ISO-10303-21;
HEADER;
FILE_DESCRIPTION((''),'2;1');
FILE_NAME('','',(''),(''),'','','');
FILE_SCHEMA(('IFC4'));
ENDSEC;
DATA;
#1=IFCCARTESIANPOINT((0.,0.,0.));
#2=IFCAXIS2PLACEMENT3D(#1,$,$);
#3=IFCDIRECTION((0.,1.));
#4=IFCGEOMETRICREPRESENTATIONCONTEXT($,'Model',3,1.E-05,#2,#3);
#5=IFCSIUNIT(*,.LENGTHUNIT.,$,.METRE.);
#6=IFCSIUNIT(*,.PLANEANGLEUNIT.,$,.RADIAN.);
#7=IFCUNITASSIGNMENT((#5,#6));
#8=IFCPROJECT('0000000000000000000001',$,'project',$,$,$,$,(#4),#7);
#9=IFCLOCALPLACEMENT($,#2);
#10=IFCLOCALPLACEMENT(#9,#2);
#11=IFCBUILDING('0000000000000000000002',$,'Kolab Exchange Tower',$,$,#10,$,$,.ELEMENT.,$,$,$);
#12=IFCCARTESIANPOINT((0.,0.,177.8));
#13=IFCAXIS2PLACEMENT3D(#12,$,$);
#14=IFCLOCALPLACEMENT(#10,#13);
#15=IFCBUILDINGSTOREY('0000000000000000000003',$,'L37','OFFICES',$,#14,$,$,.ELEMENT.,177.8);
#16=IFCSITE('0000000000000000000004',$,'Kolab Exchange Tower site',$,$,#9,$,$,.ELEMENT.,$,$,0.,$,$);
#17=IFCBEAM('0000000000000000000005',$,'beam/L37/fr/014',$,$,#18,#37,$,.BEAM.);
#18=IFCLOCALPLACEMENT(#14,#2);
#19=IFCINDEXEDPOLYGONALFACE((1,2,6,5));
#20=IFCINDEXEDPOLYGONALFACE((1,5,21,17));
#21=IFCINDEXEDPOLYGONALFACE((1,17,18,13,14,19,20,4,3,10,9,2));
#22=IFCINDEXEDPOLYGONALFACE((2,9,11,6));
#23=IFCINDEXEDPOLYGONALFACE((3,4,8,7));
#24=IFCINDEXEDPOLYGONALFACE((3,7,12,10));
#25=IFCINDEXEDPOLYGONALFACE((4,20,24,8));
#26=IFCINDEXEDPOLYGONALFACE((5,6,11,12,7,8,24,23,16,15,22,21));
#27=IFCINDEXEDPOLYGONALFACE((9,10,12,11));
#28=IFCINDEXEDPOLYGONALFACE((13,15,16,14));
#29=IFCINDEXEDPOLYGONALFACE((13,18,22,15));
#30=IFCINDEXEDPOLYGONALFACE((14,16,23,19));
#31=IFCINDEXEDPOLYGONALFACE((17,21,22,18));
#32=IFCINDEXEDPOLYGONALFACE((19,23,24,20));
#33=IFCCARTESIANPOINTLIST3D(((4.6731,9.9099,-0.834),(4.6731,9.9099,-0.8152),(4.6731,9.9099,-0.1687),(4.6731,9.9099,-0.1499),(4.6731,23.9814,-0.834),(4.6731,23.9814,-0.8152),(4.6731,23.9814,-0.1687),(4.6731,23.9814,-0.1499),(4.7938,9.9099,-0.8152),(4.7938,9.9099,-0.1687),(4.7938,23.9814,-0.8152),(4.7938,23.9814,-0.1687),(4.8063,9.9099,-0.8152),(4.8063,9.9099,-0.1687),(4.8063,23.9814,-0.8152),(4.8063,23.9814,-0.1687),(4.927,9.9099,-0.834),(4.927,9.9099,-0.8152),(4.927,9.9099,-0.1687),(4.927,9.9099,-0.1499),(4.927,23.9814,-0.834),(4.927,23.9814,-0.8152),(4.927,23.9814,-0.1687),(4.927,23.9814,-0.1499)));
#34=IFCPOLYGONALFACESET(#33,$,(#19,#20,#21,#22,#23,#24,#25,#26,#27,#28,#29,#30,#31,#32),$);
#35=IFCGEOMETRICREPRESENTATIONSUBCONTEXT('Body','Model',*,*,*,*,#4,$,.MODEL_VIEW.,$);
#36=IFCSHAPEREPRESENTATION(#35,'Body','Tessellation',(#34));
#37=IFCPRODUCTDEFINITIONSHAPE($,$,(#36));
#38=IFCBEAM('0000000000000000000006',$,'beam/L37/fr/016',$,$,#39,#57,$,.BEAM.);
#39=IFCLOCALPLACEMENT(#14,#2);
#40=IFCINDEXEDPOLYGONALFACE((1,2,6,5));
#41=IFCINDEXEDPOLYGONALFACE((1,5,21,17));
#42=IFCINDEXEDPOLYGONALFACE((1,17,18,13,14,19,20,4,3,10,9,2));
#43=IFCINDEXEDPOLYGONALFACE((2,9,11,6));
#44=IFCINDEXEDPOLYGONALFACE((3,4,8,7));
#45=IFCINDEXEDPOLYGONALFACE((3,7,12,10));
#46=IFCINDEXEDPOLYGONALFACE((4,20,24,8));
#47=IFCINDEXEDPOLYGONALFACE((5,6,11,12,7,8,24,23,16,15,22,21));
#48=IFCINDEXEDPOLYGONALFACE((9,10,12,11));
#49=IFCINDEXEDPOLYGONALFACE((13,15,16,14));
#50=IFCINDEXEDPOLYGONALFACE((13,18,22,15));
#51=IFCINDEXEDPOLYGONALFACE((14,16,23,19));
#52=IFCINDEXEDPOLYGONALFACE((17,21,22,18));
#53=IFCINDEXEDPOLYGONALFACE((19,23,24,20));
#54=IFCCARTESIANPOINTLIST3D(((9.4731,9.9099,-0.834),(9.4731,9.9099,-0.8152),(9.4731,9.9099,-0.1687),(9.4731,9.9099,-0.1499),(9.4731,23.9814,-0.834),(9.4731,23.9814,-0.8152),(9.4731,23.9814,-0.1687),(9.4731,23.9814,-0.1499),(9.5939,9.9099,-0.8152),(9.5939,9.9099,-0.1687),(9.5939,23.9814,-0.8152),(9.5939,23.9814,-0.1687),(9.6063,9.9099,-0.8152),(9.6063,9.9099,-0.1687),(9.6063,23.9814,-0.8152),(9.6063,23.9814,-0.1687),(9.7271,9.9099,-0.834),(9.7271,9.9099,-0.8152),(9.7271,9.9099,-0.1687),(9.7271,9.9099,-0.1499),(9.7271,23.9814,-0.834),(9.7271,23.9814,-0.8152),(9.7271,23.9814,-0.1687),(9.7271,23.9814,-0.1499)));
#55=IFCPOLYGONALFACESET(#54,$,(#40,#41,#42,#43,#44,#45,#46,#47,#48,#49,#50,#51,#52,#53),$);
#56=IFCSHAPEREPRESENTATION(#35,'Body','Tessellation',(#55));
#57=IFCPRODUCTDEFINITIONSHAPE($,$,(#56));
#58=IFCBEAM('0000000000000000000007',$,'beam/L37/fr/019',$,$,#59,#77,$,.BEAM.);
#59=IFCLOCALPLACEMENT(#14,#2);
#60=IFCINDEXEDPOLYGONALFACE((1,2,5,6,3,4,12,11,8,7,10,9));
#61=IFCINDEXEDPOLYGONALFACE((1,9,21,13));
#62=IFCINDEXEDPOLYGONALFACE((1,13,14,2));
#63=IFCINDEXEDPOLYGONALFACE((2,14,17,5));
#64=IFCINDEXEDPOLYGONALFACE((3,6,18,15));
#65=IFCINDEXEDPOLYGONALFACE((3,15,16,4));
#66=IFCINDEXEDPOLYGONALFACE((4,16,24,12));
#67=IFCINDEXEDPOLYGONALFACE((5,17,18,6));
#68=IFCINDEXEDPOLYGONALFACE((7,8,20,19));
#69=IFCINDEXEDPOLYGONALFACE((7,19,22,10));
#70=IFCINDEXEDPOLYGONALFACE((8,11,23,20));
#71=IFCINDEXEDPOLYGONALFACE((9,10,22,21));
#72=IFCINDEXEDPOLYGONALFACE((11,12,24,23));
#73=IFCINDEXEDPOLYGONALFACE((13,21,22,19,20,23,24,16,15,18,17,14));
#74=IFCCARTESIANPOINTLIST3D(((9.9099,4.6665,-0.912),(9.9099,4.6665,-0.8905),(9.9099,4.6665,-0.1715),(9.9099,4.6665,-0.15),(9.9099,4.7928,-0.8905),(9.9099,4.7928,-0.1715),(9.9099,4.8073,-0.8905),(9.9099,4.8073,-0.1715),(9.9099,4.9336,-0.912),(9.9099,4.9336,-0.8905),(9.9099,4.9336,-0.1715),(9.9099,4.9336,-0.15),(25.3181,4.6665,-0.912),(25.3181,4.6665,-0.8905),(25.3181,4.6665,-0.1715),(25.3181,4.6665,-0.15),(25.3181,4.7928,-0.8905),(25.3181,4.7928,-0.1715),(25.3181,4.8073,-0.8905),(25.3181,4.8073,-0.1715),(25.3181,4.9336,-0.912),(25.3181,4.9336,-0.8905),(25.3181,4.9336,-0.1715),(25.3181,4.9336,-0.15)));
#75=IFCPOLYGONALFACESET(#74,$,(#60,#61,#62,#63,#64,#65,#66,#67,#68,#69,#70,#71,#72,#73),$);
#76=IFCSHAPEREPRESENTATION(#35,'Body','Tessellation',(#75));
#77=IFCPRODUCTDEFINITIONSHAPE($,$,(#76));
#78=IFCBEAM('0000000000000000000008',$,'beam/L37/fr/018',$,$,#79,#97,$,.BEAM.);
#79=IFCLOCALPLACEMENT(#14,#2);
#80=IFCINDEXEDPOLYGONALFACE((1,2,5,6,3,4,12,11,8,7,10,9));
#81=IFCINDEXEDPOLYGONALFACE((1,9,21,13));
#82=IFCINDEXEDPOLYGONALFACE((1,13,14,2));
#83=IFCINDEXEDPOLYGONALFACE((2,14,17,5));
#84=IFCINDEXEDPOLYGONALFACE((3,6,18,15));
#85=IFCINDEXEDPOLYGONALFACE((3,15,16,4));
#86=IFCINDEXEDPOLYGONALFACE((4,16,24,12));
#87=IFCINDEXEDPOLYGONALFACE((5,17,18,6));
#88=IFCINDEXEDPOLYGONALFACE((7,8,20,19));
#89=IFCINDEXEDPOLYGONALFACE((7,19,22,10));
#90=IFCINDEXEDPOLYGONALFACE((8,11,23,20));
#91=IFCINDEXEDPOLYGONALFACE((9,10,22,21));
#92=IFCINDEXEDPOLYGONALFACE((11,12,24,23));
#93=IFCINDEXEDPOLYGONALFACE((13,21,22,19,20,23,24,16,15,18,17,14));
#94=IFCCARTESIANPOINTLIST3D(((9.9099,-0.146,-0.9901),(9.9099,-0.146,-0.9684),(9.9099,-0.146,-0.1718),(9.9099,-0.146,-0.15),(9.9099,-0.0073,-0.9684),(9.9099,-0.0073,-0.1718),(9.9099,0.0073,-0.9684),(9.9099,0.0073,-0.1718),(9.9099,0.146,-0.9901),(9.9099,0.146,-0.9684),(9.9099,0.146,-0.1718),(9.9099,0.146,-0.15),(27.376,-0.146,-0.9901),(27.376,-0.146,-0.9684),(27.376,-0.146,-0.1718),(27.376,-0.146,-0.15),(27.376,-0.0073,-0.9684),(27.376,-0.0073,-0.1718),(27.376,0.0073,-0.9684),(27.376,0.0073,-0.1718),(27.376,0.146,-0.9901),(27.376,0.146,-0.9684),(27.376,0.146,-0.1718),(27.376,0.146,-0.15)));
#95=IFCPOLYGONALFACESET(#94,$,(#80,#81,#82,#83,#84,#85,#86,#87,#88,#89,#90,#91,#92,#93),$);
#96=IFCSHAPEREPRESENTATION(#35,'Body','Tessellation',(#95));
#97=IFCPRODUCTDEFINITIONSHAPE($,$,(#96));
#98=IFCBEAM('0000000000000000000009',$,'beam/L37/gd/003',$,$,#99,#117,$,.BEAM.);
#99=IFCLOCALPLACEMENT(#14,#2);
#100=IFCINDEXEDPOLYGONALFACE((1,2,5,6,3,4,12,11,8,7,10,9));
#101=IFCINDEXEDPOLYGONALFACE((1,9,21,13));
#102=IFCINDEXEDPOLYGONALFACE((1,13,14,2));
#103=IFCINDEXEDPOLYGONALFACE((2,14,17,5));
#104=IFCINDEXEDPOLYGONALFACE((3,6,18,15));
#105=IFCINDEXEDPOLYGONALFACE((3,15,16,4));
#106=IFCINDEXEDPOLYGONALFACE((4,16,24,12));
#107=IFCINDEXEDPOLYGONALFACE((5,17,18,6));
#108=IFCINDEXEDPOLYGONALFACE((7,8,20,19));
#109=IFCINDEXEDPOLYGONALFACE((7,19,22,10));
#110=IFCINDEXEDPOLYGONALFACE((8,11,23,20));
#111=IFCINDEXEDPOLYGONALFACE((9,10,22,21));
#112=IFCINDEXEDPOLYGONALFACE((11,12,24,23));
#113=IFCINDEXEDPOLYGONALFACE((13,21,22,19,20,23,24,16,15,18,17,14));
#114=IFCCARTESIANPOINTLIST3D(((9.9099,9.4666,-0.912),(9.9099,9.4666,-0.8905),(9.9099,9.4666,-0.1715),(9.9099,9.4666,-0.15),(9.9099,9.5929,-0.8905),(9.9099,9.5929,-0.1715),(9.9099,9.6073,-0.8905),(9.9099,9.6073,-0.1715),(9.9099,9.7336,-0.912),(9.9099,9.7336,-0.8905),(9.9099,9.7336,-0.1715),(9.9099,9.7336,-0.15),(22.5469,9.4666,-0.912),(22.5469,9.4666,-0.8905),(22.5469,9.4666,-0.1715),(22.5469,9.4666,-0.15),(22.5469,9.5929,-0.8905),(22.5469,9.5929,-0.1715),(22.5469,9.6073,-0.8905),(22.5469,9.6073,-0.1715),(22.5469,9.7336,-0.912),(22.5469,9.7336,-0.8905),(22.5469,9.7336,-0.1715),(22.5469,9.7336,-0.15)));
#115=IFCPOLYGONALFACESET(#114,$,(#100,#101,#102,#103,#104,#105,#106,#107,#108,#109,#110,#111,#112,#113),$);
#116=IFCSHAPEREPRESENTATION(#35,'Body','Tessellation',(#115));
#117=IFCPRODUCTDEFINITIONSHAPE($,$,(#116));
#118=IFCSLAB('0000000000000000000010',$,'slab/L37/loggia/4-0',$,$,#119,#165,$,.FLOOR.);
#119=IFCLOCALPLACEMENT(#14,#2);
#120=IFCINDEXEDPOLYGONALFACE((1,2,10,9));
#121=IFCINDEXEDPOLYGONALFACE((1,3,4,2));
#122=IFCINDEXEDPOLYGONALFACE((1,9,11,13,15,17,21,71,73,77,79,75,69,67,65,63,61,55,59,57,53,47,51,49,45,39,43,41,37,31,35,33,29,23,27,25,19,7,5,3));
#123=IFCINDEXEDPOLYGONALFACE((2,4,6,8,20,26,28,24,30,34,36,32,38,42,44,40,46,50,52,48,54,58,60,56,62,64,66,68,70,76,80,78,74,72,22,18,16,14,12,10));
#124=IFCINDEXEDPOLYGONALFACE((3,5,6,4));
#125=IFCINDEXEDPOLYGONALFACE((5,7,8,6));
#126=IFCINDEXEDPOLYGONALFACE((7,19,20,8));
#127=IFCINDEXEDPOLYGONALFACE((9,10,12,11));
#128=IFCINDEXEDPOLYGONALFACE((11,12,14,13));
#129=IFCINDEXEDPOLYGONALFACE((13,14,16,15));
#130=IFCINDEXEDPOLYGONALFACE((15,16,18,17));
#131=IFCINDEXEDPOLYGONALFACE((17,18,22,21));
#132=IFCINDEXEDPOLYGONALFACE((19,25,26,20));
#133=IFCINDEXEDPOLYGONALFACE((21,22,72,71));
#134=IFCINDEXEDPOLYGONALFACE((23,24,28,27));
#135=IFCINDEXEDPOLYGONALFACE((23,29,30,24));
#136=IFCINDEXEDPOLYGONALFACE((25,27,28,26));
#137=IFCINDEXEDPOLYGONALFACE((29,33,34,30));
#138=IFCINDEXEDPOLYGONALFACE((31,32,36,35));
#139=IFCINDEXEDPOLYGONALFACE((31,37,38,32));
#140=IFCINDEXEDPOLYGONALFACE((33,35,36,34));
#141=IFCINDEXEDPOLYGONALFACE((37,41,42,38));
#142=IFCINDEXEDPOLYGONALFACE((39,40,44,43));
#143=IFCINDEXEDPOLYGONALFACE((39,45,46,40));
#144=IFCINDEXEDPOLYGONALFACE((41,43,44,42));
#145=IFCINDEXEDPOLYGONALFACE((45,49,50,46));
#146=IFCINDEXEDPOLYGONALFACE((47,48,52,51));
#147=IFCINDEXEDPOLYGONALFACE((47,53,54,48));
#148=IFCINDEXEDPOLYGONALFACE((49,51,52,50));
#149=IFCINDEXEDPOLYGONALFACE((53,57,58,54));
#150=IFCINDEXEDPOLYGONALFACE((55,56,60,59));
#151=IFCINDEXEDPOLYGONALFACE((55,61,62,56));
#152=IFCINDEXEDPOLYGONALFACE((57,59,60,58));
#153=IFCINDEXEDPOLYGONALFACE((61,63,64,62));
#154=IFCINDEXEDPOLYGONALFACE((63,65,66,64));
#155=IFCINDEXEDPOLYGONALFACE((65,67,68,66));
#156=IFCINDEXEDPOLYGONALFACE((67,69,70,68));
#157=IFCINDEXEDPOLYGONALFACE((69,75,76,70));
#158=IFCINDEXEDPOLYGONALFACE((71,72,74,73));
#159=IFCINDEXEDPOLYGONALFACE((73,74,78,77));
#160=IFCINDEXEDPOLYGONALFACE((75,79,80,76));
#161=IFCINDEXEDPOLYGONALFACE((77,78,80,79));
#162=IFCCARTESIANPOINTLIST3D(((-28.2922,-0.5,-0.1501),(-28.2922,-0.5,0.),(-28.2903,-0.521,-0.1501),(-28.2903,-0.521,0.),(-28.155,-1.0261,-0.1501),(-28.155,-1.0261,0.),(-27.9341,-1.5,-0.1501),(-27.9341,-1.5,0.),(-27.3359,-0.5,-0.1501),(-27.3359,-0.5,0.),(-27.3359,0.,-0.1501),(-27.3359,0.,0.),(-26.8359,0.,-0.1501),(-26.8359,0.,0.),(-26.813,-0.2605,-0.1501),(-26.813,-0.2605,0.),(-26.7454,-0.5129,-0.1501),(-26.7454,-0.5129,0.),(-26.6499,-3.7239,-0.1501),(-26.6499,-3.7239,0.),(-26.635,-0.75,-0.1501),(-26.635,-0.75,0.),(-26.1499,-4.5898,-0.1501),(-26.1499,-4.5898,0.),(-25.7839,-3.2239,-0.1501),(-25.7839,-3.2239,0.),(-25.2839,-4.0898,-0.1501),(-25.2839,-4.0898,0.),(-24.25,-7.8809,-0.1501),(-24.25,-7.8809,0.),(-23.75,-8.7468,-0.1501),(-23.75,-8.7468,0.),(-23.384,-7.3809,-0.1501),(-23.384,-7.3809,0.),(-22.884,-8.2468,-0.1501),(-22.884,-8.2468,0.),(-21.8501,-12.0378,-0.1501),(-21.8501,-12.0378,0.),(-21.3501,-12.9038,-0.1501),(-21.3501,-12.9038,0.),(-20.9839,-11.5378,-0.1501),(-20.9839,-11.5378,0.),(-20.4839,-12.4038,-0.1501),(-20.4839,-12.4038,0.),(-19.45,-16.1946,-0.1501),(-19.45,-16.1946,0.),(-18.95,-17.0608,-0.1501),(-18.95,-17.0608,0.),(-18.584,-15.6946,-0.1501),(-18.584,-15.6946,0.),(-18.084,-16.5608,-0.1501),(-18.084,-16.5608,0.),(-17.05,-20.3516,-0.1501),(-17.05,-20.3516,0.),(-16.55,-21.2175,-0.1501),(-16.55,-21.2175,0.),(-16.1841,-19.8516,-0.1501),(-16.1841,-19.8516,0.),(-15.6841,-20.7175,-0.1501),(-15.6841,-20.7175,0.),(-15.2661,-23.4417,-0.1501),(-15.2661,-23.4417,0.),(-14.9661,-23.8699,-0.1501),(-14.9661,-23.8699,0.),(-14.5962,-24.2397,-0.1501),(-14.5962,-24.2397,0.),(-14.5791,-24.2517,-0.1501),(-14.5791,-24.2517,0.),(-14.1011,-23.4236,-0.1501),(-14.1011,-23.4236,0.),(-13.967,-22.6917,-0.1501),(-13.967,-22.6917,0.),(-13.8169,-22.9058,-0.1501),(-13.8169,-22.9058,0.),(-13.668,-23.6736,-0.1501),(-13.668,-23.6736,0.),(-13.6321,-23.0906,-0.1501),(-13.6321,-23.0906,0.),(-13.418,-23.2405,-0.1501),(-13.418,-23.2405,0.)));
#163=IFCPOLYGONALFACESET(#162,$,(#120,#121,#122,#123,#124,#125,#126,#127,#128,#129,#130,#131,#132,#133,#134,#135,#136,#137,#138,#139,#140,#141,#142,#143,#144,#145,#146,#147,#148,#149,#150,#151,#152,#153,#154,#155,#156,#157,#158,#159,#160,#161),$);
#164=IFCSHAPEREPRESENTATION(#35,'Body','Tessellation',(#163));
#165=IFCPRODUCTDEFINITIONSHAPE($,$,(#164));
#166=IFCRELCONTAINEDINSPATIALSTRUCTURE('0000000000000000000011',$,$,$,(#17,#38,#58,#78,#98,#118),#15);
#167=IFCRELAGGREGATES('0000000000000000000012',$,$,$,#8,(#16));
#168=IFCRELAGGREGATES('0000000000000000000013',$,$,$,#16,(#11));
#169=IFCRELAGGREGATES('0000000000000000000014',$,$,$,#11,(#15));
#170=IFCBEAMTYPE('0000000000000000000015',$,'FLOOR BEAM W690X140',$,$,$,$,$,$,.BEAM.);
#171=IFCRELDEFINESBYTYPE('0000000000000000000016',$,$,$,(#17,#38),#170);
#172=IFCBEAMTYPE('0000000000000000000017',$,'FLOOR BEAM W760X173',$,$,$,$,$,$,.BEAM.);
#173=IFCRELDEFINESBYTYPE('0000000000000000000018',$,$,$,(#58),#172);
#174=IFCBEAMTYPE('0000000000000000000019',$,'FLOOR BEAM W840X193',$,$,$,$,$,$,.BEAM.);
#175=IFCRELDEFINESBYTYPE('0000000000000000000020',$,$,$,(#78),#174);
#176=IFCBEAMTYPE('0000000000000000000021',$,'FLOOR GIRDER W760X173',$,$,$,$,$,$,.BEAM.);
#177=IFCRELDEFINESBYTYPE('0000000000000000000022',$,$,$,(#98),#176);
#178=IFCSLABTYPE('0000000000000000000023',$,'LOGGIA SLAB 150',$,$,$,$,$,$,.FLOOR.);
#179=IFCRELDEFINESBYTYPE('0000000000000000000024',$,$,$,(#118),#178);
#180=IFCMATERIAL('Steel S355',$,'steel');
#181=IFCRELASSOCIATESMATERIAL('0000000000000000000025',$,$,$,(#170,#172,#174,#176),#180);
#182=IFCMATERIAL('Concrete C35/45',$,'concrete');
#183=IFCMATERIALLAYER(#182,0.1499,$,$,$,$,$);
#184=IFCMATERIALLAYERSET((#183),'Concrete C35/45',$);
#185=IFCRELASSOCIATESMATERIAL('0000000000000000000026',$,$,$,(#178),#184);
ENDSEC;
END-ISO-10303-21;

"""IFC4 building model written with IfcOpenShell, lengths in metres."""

from ifc_helpers import new_model, si_unit, direction, frame, origin, origin_2d, place, context, subcontext, project, spatial, polyline, i_section, outline, extrude, material, layer, layer_set, material_profile, profile_set, type_object, element, save


model = new_model("IFC4")

# Units and contexts
model_context = context("Model", 3, precision=1e-05, world=origin(), true_north=direction((0.0, 1.0)))
body_context = subcontext(model_context, "Body", "Model", "MODEL_VIEW")
ifc_project = project(units=[si_unit("LENGTHUNIT", "METRE"), si_unit("PLANEANGLEUNIT", "RADIAN")], contexts=[model_context])

# Site, building, storey
site_placement = place(None, origin())
site = spatial("IfcSite", under=ifc_project, at=site_placement, Name="Kolab Exchange Tower site", CompositionType="ELEMENT", RefElevation=0.0)
building_placement = place(site_placement, origin())
building = spatial("IfcBuilding", under=site, at=building_placement, Name="Kolab Exchange Tower", CompositionType="ELEMENT")
storey_placement = place(building_placement, frame((0.0, 0.0, 177.8)))
storey = spatial("IfcBuildingStorey", under=building, at=storey_placement, Name="L37", Description="OFFICES", CompositionType="ELEMENT", Elevation=177.8)

# Beams
ifc_material_1 = material(Name="Steel S355", Category="steel")
ifc_material_profile_1 = material_profile(ifc_material_1, i_section(OverallWidth=0.2539, OverallDepth=0.6841, WebThickness=0.0125, FlangeThickness=0.0188, at=origin_2d()), Name="W690X140")
ifc_profile_set_1 = profile_set([ifc_material_profile_1], Name="Steel S355")
beam_type_1 = type_object("IfcBeamType", Name="FLOOR BEAM W690X140", PredefinedType="BEAM", material=ifc_profile_set_1)
for number, where, z_axis, x_axis, name in (
    (1, (4.8, 9.9099, -0.4919), (0.0, 1.0, 0.0), (-1.0, 0.0, 0.0), "beam/L37/fr/014"),
    (2, (9.6001, 9.9099, -0.4919), (0.0, 1.0, 0.0), (-1.0, 0.0, 0.0), "beam/L37/fr/016"),
):
    element("IfcBeam", number, at=place(storey_placement, frame(where, z_axis=z_axis, x_axis=x_axis)), inside=storey, type_object=beam_type_1, Name=name, PredefinedType="BEAM", context=body_context, shape_type="SweptSolid", body=[
        extrude(i_section(OverallWidth=0.2539, OverallDepth=0.6841, WebThickness=0.0125, FlangeThickness=0.0188, at=origin_2d()), origin(), (0.0, 0.0, 1.0), 14.0715),
    ])
ifc_material_profile_2 = material_profile(ifc_material_1, i_section(OverallWidth=0.2671, OverallDepth=0.762, WebThickness=0.0144, FlangeThickness=0.0215, at=origin_2d()), Name="W760X173")
ifc_profile_set_2 = profile_set([ifc_material_profile_2], Name="Steel S355")
beam_type_2 = type_object("IfcBeamType", Name="FLOOR BEAM W760X173", PredefinedType="BEAM", material=ifc_profile_set_2)
beam_1_placement = place(storey_placement, frame((9.9099, 4.8, -0.531), z_axis=(1.0, 0.0, 0.0), x_axis=(0.0, 1.0, 0.0)))
element("IfcBeam", 3, at=beam_1_placement, inside=storey, type_object=beam_type_2, Name="beam/L37/fr/019", PredefinedType="BEAM", context=body_context, shape_type="SweptSolid", body=[
    extrude(i_section(OverallWidth=0.2671, OverallDepth=0.762, WebThickness=0.0144, FlangeThickness=0.0215, at=origin_2d()), origin(), (0.0, 0.0, 1.0), 15.4082),
])
ifc_material_profile_3 = material_profile(ifc_material_1, i_section(OverallWidth=0.292, OverallDepth=0.8401, WebThickness=0.0146, FlangeThickness=0.0217, at=origin_2d()), Name="W840X193")
ifc_profile_set_3 = profile_set([ifc_material_profile_3], Name="Steel S355")
beam_type_3 = type_object("IfcBeamType", Name="FLOOR BEAM W840X193", PredefinedType="BEAM", material=ifc_profile_set_3)
beam_2_placement = place(storey_placement, frame((9.9099, 0.0, -0.5701), z_axis=(1.0, 0.0, 0.0), x_axis=(0.0, 1.0, 0.0)))
element("IfcBeam", 4, at=beam_2_placement, inside=storey, type_object=beam_type_3, Name="beam/L37/fr/018", PredefinedType="BEAM", context=body_context, shape_type="SweptSolid", body=[
    extrude(i_section(OverallWidth=0.292, OverallDepth=0.8401, WebThickness=0.0146, FlangeThickness=0.0217, at=origin_2d()), origin(), (0.0, 0.0, 1.0), 17.4661),
])
ifc_material_profile_4 = material_profile(ifc_material_1, i_section(OverallWidth=0.2671, OverallDepth=0.762, WebThickness=0.0144, FlangeThickness=0.0215, at=origin_2d()), Name="W760X173")
ifc_profile_set_4 = profile_set([ifc_material_profile_4], Name="Steel S355")
beam_type_4 = type_object("IfcBeamType", Name="FLOOR GIRDER W760X173", PredefinedType="BEAM", material=ifc_profile_set_4)
beam_3_placement = place(storey_placement, frame((9.9099, 9.6001, -0.531), z_axis=(1.0, 0.0, 0.0), x_axis=(0.0, 1.0, 0.0)))
element("IfcBeam", 5, at=beam_3_placement, inside=storey, type_object=beam_type_4, Name="beam/L37/gd/003", PredefinedType="BEAM", context=body_context, shape_type="SweptSolid", body=[
    extrude(i_section(OverallWidth=0.2671, OverallDepth=0.762, WebThickness=0.0144, FlangeThickness=0.0215, at=origin_2d()), origin(), (0.0, 0.0, 1.0), 12.637),
])

# Slab
ifc_material_2 = material(Name="Concrete C35/45", Category="concrete")
ifc_layer_1 = layer(ifc_material_2, 0.1499)
ifc_layer_set_1 = layer_set([ifc_layer_1], Name="Concrete C35/45")
slab_type_1 = type_object("IfcSlabType", Name="LOGGIA SLAB 150", PredefinedType="FLOOR", material=ifc_layer_set_1)
slab_1_placement = place(storey_placement, frame((0.0, 0.0, -0.1501)))
element("IfcSlab", 6, at=slab_1_placement, inside=storey, type_object=slab_type_1, Name="slab/L37/loggia/4-0", PredefinedType="FLOOR", context=body_context, shape_type="SweptSolid", body=[
    extrude(outline(polyline([(-26.8359, 0.0), (-27.3359, 0.0), (-27.3359, -0.5), (-28.2922, -0.5), (-28.2903, -0.521), (-28.155, -1.0261), (-27.9341, -1.5), (-26.6499, -3.7239), (-25.7839, -3.2239), (-25.2839, -4.0898), (-26.1499, -4.5898), (-24.25, -7.8809), (-23.384, -7.3809), (-22.884, -8.2468), (-23.75, -8.7468), (-21.8501, -12.0378), (-20.9839, -11.5378), (-20.4839, -12.4038), (-21.3501, -12.9038), (-19.45, -16.1946), (-18.584, -15.6946), (-18.084, -16.5608), (-18.95, -17.0608), (-17.05, -20.3516), (-16.1841, -19.8516), (-15.6841, -20.7175), (-16.55, -21.2175), (-15.2661, -23.4417), (-14.9661, -23.8699), (-14.5962, -24.2397), (-14.5791, -24.2517), (-14.1011, -23.4236), (-13.668, -23.6736), (-13.418, -23.2405), (-13.6321, -23.0906), (-13.8169, -22.9058), (-13.967, -22.6917), (-26.635, -0.75), (-26.7454, -0.5129), (-26.813, -0.2605), (-26.8359, 0.0)])), origin(), (0.0, 0.0, 1.0), 0.1501),
])

save(model, "model.ifc")
